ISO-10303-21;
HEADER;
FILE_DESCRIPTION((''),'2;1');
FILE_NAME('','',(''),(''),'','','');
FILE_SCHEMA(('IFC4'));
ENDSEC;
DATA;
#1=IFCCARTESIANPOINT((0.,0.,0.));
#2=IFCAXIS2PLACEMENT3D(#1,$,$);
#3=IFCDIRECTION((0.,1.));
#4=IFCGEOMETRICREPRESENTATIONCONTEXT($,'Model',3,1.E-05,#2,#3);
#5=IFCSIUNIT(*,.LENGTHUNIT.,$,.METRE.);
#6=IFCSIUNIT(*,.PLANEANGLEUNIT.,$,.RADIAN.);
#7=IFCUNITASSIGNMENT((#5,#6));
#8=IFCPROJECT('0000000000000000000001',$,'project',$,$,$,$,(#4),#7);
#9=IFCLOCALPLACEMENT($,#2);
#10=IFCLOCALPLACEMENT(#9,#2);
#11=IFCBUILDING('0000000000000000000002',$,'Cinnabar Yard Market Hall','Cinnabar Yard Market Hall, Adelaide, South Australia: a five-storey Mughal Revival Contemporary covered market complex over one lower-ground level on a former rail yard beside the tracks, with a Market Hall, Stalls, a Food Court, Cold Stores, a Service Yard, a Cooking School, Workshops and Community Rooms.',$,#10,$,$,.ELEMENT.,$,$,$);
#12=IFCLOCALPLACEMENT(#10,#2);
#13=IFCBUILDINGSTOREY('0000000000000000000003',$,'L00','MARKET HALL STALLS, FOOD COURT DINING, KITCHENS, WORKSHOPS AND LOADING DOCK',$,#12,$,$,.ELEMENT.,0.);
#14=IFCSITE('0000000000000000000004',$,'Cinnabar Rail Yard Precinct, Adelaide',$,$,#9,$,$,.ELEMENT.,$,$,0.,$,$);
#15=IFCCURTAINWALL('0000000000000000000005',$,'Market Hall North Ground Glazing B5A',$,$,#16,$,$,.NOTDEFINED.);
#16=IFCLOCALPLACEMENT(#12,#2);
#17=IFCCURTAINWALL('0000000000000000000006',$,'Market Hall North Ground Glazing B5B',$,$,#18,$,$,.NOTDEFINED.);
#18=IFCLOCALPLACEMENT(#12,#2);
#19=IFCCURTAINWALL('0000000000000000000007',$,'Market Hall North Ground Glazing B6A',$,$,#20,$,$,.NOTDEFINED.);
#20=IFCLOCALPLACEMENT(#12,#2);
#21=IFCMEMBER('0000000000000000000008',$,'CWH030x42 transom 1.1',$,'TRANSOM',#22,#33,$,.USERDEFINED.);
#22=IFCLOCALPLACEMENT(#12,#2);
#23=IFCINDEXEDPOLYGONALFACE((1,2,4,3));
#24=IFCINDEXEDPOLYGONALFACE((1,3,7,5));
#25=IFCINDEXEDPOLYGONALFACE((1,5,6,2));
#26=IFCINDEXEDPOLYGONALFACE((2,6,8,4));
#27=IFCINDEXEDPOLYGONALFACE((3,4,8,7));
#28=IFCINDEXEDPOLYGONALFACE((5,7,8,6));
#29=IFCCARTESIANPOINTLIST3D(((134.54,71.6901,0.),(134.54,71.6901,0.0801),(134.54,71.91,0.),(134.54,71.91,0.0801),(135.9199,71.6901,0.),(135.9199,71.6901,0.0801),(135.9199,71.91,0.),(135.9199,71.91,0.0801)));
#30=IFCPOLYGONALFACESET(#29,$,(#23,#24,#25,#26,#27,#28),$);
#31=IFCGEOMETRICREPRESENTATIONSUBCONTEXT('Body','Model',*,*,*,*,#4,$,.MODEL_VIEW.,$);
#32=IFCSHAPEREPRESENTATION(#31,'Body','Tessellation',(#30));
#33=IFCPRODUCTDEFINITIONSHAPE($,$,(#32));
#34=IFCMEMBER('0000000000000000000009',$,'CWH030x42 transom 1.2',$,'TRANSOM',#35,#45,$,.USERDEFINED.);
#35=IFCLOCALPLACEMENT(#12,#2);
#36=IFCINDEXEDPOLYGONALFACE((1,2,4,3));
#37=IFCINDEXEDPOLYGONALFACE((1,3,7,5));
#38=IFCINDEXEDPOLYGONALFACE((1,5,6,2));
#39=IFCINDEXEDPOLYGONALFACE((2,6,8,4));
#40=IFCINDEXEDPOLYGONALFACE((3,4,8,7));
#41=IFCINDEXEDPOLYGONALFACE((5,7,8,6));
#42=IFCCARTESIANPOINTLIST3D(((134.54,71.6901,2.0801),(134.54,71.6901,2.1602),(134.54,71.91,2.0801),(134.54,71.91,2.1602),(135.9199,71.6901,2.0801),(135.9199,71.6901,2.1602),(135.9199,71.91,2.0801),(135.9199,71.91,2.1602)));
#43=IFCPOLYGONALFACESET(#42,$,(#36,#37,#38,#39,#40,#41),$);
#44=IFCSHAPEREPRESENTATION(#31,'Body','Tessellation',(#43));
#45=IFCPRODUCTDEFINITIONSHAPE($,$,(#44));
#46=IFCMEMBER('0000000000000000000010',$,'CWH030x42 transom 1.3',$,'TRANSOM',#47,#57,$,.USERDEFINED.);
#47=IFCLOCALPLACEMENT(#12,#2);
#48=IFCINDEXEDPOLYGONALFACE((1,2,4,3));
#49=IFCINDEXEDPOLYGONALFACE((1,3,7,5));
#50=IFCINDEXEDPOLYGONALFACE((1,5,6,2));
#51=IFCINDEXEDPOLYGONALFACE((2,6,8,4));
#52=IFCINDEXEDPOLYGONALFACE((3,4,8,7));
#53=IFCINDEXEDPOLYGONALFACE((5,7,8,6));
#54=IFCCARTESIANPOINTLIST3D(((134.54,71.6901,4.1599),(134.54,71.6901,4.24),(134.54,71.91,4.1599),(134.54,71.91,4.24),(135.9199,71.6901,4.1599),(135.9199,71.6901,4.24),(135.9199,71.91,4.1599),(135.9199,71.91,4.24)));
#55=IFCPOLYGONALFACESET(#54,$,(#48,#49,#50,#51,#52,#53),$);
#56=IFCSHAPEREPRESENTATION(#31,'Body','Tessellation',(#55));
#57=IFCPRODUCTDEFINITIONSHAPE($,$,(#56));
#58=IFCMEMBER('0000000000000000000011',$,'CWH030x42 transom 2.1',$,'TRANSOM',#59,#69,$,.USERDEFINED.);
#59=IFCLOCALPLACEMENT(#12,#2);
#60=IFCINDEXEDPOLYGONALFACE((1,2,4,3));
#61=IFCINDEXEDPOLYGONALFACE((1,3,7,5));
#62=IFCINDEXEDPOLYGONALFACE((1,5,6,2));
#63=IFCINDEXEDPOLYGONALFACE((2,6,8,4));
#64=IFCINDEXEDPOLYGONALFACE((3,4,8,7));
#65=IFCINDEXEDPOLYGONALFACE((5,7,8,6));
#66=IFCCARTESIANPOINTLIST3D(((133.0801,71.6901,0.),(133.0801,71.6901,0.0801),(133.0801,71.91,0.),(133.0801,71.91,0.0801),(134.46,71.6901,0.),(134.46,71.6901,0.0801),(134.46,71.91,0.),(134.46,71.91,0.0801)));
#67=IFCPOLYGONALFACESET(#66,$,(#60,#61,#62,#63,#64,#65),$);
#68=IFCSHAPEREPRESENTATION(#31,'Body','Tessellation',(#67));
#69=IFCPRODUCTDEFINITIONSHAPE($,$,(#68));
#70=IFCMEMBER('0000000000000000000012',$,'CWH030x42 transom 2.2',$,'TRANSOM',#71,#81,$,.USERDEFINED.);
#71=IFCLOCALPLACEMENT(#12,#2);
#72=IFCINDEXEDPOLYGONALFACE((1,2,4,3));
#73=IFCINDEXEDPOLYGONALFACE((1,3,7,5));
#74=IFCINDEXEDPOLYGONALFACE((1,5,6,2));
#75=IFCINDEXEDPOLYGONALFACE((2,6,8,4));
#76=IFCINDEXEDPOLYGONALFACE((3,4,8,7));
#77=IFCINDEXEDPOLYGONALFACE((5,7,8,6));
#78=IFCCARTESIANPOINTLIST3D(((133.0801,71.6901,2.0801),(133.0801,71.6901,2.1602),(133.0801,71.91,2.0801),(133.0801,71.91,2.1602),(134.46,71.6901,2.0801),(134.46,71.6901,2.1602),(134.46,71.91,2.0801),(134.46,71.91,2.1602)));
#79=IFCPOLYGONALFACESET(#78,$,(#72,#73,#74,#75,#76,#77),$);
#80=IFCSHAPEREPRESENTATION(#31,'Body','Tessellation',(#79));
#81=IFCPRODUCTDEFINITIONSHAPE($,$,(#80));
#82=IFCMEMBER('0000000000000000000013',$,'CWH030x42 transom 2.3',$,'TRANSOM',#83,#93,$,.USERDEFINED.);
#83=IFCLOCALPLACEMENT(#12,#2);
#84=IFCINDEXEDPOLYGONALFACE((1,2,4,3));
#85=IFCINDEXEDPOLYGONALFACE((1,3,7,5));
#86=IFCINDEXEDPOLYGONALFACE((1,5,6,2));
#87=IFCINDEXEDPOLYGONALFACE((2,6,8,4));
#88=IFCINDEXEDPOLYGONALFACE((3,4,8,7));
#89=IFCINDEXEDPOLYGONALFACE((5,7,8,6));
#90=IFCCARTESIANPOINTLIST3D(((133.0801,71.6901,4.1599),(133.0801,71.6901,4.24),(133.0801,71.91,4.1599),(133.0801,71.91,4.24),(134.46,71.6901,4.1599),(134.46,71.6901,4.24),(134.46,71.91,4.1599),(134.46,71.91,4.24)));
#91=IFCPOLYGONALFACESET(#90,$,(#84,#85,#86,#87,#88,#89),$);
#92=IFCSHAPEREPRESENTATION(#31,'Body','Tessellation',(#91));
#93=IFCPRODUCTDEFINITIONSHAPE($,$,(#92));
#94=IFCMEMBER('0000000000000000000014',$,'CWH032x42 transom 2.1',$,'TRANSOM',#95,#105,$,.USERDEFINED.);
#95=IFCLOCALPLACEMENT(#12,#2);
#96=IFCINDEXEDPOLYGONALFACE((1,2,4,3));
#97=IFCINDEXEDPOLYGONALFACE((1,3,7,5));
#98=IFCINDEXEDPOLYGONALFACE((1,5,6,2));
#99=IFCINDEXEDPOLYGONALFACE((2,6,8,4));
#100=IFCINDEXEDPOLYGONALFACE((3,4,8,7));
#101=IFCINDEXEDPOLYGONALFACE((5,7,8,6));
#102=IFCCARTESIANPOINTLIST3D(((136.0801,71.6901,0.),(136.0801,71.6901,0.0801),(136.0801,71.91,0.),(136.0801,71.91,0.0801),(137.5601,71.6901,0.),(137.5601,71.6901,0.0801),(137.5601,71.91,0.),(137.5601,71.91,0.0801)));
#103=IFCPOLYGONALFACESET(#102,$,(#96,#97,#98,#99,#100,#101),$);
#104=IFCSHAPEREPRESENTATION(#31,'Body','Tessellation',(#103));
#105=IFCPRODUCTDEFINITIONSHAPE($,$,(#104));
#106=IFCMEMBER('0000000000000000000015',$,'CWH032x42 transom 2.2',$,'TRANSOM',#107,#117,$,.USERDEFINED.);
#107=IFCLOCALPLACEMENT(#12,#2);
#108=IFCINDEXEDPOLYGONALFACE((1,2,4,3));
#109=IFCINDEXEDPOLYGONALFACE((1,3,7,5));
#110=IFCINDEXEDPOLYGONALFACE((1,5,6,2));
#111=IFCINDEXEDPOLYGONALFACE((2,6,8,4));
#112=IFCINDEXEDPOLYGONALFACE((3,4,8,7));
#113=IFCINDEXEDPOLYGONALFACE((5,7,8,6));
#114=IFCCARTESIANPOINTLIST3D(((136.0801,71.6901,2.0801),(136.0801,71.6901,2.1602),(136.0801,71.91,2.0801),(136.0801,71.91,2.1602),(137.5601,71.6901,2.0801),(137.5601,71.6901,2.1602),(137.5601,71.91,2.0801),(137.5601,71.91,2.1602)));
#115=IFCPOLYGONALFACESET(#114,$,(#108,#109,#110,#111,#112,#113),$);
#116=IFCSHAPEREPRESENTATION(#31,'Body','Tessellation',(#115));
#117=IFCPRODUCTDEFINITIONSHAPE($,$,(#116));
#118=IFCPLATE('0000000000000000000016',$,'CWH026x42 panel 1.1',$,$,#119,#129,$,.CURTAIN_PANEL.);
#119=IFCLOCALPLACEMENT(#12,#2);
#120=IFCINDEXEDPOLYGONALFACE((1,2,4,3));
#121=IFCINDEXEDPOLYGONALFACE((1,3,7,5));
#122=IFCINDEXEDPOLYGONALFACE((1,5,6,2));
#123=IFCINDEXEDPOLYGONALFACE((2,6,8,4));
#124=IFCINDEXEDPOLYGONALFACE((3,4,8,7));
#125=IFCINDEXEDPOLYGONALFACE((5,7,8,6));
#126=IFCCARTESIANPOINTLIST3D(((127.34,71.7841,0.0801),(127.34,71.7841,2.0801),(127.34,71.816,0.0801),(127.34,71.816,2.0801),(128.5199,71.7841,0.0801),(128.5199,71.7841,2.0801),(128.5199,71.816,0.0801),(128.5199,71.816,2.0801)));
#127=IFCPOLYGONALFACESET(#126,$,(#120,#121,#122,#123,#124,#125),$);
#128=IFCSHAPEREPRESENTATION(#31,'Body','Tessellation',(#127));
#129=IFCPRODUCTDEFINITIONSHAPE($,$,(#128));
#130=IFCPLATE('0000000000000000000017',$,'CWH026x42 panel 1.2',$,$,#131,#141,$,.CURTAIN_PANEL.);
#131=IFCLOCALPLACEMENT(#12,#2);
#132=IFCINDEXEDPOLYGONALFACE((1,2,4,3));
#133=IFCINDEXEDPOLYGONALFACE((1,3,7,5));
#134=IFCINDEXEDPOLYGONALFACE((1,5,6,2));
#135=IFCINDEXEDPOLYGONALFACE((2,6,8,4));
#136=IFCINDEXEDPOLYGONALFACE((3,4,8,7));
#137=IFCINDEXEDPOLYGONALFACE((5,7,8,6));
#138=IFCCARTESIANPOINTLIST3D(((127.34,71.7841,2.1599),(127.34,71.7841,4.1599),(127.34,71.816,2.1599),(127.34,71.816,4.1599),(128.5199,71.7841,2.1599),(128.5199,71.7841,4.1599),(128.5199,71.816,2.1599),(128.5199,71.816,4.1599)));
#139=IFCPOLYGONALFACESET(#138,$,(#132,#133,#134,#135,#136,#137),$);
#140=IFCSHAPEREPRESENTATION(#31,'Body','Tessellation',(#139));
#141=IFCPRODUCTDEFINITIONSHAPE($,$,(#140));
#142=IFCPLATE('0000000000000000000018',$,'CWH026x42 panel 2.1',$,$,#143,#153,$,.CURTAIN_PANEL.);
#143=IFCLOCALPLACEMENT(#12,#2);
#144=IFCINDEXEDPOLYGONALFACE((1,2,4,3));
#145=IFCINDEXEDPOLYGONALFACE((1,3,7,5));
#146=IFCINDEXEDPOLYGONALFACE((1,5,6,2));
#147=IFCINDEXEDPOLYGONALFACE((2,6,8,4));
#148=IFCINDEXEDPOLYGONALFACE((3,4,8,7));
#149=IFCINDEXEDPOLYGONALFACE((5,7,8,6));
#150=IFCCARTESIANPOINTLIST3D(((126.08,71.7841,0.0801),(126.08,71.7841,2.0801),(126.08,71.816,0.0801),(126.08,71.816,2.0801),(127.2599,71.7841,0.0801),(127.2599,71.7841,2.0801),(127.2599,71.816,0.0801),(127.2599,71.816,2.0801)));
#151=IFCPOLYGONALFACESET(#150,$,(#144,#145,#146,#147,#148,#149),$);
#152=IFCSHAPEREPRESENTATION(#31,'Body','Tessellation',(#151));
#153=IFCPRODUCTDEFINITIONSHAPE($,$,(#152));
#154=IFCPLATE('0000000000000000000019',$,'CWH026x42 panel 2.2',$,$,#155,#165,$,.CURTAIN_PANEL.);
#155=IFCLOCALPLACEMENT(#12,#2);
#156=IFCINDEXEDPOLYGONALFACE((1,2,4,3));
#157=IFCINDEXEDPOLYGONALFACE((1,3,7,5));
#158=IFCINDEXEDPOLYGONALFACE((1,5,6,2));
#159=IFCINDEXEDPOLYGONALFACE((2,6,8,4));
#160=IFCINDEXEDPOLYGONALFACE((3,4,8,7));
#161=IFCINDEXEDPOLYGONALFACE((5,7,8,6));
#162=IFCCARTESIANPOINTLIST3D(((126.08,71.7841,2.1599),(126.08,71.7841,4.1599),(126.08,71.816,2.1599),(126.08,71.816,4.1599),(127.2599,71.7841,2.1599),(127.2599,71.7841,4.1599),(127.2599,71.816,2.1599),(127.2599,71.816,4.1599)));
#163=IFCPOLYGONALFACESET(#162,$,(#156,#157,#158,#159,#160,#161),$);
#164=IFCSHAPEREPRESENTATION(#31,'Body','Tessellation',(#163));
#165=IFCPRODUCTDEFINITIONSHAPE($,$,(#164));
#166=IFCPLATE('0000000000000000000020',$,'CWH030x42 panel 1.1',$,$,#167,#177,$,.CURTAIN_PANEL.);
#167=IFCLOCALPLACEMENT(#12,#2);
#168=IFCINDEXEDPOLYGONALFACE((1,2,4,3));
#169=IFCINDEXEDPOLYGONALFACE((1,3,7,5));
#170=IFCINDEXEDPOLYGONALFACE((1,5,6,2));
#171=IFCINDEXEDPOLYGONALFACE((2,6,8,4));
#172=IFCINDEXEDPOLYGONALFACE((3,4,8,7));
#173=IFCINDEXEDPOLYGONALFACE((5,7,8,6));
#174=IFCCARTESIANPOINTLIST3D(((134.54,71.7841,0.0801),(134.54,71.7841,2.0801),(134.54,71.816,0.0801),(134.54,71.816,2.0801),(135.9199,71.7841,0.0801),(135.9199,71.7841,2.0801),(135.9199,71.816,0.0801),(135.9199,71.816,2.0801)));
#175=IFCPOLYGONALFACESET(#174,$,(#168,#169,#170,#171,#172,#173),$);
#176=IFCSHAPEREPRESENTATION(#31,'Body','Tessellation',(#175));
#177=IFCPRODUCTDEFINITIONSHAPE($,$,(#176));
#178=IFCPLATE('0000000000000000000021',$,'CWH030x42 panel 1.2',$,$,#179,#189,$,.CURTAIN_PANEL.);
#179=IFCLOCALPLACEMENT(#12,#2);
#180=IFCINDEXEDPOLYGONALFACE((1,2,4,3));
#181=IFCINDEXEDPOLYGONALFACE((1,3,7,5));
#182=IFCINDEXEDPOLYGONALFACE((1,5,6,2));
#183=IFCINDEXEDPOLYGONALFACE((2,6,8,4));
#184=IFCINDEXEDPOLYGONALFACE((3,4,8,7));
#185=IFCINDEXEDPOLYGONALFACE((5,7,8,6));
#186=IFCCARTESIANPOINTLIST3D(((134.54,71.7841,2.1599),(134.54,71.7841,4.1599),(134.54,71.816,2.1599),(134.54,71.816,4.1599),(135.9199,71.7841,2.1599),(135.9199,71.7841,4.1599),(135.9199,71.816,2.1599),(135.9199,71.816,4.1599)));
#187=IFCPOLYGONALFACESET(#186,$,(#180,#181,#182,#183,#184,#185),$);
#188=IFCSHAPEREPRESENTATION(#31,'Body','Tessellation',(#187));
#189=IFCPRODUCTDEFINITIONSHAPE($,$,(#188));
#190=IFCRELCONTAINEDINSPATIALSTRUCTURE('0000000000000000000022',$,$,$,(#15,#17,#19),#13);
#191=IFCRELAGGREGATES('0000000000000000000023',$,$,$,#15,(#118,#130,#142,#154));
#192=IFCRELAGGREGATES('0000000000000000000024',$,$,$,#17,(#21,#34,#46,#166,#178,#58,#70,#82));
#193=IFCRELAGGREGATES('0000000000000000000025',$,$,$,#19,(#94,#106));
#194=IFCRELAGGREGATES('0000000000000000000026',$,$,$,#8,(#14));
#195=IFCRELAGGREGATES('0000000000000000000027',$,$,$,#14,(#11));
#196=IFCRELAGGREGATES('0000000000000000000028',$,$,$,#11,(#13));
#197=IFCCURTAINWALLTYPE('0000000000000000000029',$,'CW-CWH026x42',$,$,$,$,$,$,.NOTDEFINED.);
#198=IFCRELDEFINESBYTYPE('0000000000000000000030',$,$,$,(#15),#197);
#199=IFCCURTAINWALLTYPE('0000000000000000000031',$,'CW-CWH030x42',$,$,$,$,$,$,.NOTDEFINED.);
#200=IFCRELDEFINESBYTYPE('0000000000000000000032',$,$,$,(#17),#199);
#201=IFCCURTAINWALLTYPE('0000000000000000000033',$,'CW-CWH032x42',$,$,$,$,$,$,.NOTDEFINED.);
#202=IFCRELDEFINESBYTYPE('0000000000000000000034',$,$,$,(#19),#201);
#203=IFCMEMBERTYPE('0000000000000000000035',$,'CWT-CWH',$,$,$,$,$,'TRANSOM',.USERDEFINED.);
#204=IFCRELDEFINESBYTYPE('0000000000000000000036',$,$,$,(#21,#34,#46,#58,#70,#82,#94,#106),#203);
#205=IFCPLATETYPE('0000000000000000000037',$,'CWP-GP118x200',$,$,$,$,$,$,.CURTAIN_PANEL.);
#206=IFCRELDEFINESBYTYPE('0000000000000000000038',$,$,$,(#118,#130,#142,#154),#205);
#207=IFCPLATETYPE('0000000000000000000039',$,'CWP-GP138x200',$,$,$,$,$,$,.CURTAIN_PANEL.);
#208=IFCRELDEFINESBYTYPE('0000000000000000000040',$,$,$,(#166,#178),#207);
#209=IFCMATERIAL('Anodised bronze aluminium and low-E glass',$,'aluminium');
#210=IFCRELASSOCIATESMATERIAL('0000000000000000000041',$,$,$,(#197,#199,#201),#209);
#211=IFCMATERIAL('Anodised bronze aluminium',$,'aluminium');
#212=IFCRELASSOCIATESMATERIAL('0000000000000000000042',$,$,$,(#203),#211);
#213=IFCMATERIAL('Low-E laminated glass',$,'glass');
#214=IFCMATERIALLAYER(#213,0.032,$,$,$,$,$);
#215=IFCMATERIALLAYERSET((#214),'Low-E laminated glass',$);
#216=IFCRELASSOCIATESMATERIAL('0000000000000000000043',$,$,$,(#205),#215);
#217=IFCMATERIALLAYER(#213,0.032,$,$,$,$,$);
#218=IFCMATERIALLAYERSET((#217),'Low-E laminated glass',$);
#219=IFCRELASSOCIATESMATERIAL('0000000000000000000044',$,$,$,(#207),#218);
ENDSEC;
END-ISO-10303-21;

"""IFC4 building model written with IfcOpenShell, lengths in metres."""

from ifc_helpers import new_model, si_unit, direction, frame, origin, origin_2d_with_axis, place, context, subcontext, project, spatial, rectangle, extrude, material, layer, layer_set, material_profile, profile_set, type_object, element, aggregate, save


model = new_model("IFC4")

# Units and contexts
model_context = context("Model", 3, precision=1e-05, world=origin(), true_north=direction((0.0, 1.0)))
body_context = subcontext(model_context, "Body", "Model", "MODEL_VIEW")
ifc_project = project(units=[si_unit("LENGTHUNIT", "METRE"), si_unit("PLANEANGLEUNIT", "RADIAN")], contexts=[model_context])

# Site, building, storey
site_placement = place(None, origin())
site = spatial("IfcSite", under=ifc_project, at=site_placement, Name="Cinnabar Rail Yard Precinct, Adelaide", CompositionType="ELEMENT", RefElevation=0.0)
building_placement = place(site_placement, origin())
building = spatial("IfcBuilding", under=site, at=building_placement, Name="Cinnabar Yard Market Hall", Description="Cinnabar Yard Market Hall, Adelaide, South Australia: a five-storey Mughal Revival Contemporary covered market complex over one lower-ground level on a former rail yard beside the tracks, with a Market Hall, Stalls, a Food Court, Cold Stores, a Service Yard, a Cooking School, Workshops and Community Rooms.", CompositionType="ELEMENT")
storey_placement = place(building_placement, origin())
storey = spatial("IfcBuildingStorey", under=building, at=storey_placement, Name="L00", Description="MARKET HALL STALLS, FOOD COURT DINING, KITCHENS, WORKSHOPS AND LOADING DOCK", CompositionType="ELEMENT", Elevation=0.0)

# Shared definitions
ifc_material_1 = material(Name="Anodised bronze aluminium and low-E glass", Category="aluminium")
ifc_material_2 = material(Name="Anodised bronze aluminium", Category="aluminium")

# Curtain walls
curtain_wall_type_1 = type_object("IfcCurtainWallType", Name="CW-CWH026x42", PredefinedType="NOTDEFINED", material=ifc_material_1)
curtain_wall_1_placement = place(storey_placement, origin())
curtain_wall_1 = element("IfcCurtainWall", 1, at=curtain_wall_1_placement, inside=storey, type_object=curtain_wall_type_1, Name="Market Hall North Ground Glazing B5A", PredefinedType="NOTDEFINED")
curtain_wall_type_2 = type_object("IfcCurtainWallType", Name="CW-CWH030x42", PredefinedType="NOTDEFINED", material=ifc_material_1)
curtain_wall_2_placement = place(storey_placement, origin())
curtain_wall_2 = element("IfcCurtainWall", 2, at=curtain_wall_2_placement, inside=storey, type_object=curtain_wall_type_2, Name="Market Hall North Ground Glazing B5B", PredefinedType="NOTDEFINED")

# Curtain wall
curtain_wall_type_3 = type_object("IfcCurtainWallType", Name="CW-CWH032x42", PredefinedType="NOTDEFINED", material=ifc_material_1)
curtain_wall_3_placement = place(storey_placement, origin())
curtain_wall_3 = element("IfcCurtainWall", 3, at=curtain_wall_3_placement, inside=storey, type_object=curtain_wall_type_3, Name="Market Hall North Ground Glazing B6A", PredefinedType="NOTDEFINED")

# Members
ifc_material_profile_1 = material_profile(ifc_material_2, rectangle(XDim=0.22, YDim=0.0801, at=origin_2d_with_axis()), Name="TRN-CWH")
ifc_profile_set_1 = profile_set([ifc_material_profile_1], Name="Anodised bronze aluminium")
member_type_1 = type_object("IfcMemberType", Name="CWT-CWH", ElementType="TRANSOM", PredefinedType="USERDEFINED", material=ifc_profile_set_1)
member_1_placement = place(storey_placement, frame((135.9199, 71.8, 0.04), z_axis=(-1.0, 0.0, 0.0), x_axis=(0.0, -1.0, 0.0)))
member_1 = element("IfcMember", 4, at=member_1_placement, type_object=member_type_1, Name="CWH030x42 transom 1.1", ObjectType="TRANSOM", PredefinedType="USERDEFINED", context=body_context, shape_type="SweptSolid", body=[
    extrude(rectangle(XDim=0.22, YDim=0.0801, at=origin_2d_with_axis()), origin(), (0.0, 0.0, 1.0), 1.3799),
])
member_2_placement = place(storey_placement, frame((135.9199, 71.8, 2.1201), z_axis=(-1.0, 0.0, 0.0), x_axis=(0.0, -1.0, 0.0)))
member_2 = element("IfcMember", 5, at=member_2_placement, type_object=member_type_1, Name="CWH030x42 transom 1.2", ObjectType="TRANSOM", PredefinedType="USERDEFINED", context=body_context, shape_type="SweptSolid", body=[
    extrude(rectangle(XDim=0.22, YDim=0.0801, at=origin_2d_with_axis()), origin(), (0.0, 0.0, 1.0), 1.3799),
])
member_3_placement = place(storey_placement, frame((135.9199, 71.8, 4.2), z_axis=(-1.0, 0.0, 0.0), x_axis=(0.0, -1.0, 0.0)))
member_3 = element("IfcMember", 6, at=member_3_placement, type_object=member_type_1, Name="CWH030x42 transom 1.3", ObjectType="TRANSOM", PredefinedType="USERDEFINED", context=body_context, shape_type="SweptSolid", body=[
    extrude(rectangle(XDim=0.22, YDim=0.0801, at=origin_2d_with_axis()), origin(), (0.0, 0.0, 1.0), 1.3799),
])
member_4_placement = place(storey_placement, frame((134.46, 71.8, 0.04), z_axis=(-1.0, 0.0, 0.0), x_axis=(0.0, -1.0, 0.0)))
member_4 = element("IfcMember", 7, at=member_4_placement, type_object=member_type_1, Name="CWH030x42 transom 2.1", ObjectType="TRANSOM", PredefinedType="USERDEFINED", context=body_context, shape_type="SweptSolid", body=[
    extrude(rectangle(XDim=0.22, YDim=0.0801, at=origin_2d_with_axis()), origin(), (0.0, 0.0, 1.0), 1.3799),
])
member_5_placement = place(storey_placement, frame((134.46, 71.8, 2.1201), z_axis=(-1.0, 0.0, 0.0), x_axis=(0.0, -1.0, 0.0)))
member_5 = element("IfcMember", 8, at=member_5_placement, type_object=member_type_1, Name="CWH030x42 transom 2.2", ObjectType="TRANSOM", PredefinedType="USERDEFINED", context=body_context, shape_type="SweptSolid", body=[
    extrude(rectangle(XDim=0.22, YDim=0.0801, at=origin_2d_with_axis()), origin(), (0.0, 0.0, 1.0), 1.3799),
])
member_6_placement = place(storey_placement, frame((134.46, 71.8, 4.2), z_axis=(-1.0, 0.0, 0.0), x_axis=(0.0, -1.0, 0.0)))
member_6 = element("IfcMember", 9, at=member_6_placement, type_object=member_type_1, Name="CWH030x42 transom 2.3", ObjectType="TRANSOM", PredefinedType="USERDEFINED", context=body_context, shape_type="SweptSolid", body=[
    extrude(rectangle(XDim=0.22, YDim=0.0801, at=origin_2d_with_axis()), origin(), (0.0, 0.0, 1.0), 1.3799),
])
member_7_placement = place(storey_placement, frame((137.5601, 71.8, 0.04), z_axis=(-1.0, 0.0, 0.0), x_axis=(0.0, -1.0, 0.0)))
member_7 = element("IfcMember", 10, at=member_7_placement, type_object=member_type_1, Name="CWH032x42 transom 2.1", ObjectType="TRANSOM", PredefinedType="USERDEFINED", context=body_context, shape_type="SweptSolid", body=[
    extrude(rectangle(XDim=0.22, YDim=0.0801, at=origin_2d_with_axis()), origin(), (0.0, 0.0, 1.0), 1.48),
])
member_8_placement = place(storey_placement, frame((137.5601, 71.8, 2.1201), z_axis=(-1.0, 0.0, 0.0), x_axis=(0.0, -1.0, 0.0)))
member_8 = element("IfcMember", 11, at=member_8_placement, type_object=member_type_1, Name="CWH032x42 transom 2.2", ObjectType="TRANSOM", PredefinedType="USERDEFINED", context=body_context, shape_type="SweptSolid", body=[
    extrude(rectangle(XDim=0.22, YDim=0.0801, at=origin_2d_with_axis()), origin(), (0.0, 0.0, 1.0), 1.48),
])

# Plates
ifc_material_3 = material(Name="Low-E laminated glass", Category="glass")
ifc_layer_1 = layer(ifc_material_3, 0.032)
ifc_layer_set_1 = layer_set([ifc_layer_1], Name="Low-E laminated glass")
plate_type_1 = type_object("IfcPlateType", Name="CWP-GP118x200", PredefinedType="CURTAIN_PANEL", material=ifc_layer_set_1)
plate_1_placement = place(storey_placement, frame((127.9299, 71.8, 0.0801), z_axis=(0.0, 0.0, 1.0), x_axis=(-1.0, 0.0, 0.0)))
plate_1 = element("IfcPlate", 12, at=plate_1_placement, type_object=plate_type_1, Name="CWH026x42 panel 1.1", PredefinedType="CURTAIN_PANEL", context=body_context, shape_type="SweptSolid", body=[
    extrude(rectangle(XDim=1.1799, YDim=0.032, at=origin_2d_with_axis()), origin(), (0.0, 0.0, 1.0), 2.0),
])
plate_2_placement = place(storey_placement, frame((127.9299, 71.8, 2.1599), z_axis=(0.0, 0.0, 1.0), x_axis=(-1.0, 0.0, 0.0)))
plate_2 = element("IfcPlate", 13, at=plate_2_placement, type_object=plate_type_1, Name="CWH026x42 panel 1.2", PredefinedType="CURTAIN_PANEL", context=body_context, shape_type="SweptSolid", body=[
    extrude(rectangle(XDim=1.1799, YDim=0.032, at=origin_2d_with_axis()), origin(), (0.0, 0.0, 1.0), 2.0),
])
plate_3_placement = place(storey_placement, frame((126.6699, 71.8, 0.0801), z_axis=(0.0, 0.0, 1.0), x_axis=(-1.0, 0.0, 0.0)))
plate_3 = element("IfcPlate", 14, at=plate_3_placement, type_object=plate_type_1, Name="CWH026x42 panel 2.1", PredefinedType="CURTAIN_PANEL", context=body_context, shape_type="SweptSolid", body=[
    extrude(rectangle(XDim=1.1799, YDim=0.032, at=origin_2d_with_axis()), origin(), (0.0, 0.0, 1.0), 2.0),
])
plate_4_placement = place(storey_placement, frame((126.6699, 71.8, 2.1599), z_axis=(0.0, 0.0, 1.0), x_axis=(-1.0, 0.0, 0.0)))
plate_4 = element("IfcPlate", 15, at=plate_4_placement, type_object=plate_type_1, Name="CWH026x42 panel 2.2", PredefinedType="CURTAIN_PANEL", context=body_context, shape_type="SweptSolid", body=[
    extrude(rectangle(XDim=1.1799, YDim=0.032, at=origin_2d_with_axis()), origin(), (0.0, 0.0, 1.0), 2.0),
])
aggregate(curtain_wall_1, [plate_1, plate_2, plate_3, plate_4])
ifc_layer_2 = layer(ifc_material_3, 0.032)
ifc_layer_set_2 = layer_set([ifc_layer_2], Name="Low-E laminated glass")
plate_type_2 = type_object("IfcPlateType", Name="CWP-GP138x200", PredefinedType="CURTAIN_PANEL", material=ifc_layer_set_2)
plate_5_placement = place(storey_placement, frame((135.23, 71.8, 0.0801), z_axis=(0.0, 0.0, 1.0), x_axis=(-1.0, 0.0, 0.0)))
plate_5 = element("IfcPlate", 16, at=plate_5_placement, type_object=plate_type_2, Name="CWH030x42 panel 1.1", PredefinedType="CURTAIN_PANEL", context=body_context, shape_type="SweptSolid", body=[
    extrude(rectangle(XDim=1.3799, YDim=0.032, at=origin_2d_with_axis()), origin(), (0.0, 0.0, 1.0), 2.0),
])
plate_6_placement = place(storey_placement, frame((135.23, 71.8, 2.1599), z_axis=(0.0, 0.0, 1.0), x_axis=(-1.0, 0.0, 0.0)))
plate_6 = element("IfcPlate", 17, at=plate_6_placement, type_object=plate_type_2, Name="CWH030x42 panel 1.2", PredefinedType="CURTAIN_PANEL", context=body_context, shape_type="SweptSolid", body=[
    extrude(rectangle(XDim=1.3799, YDim=0.032, at=origin_2d_with_axis()), origin(), (0.0, 0.0, 1.0), 2.0),
])
aggregate(curtain_wall_2, [member_1, member_2, member_3, plate_5, plate_6, member_4, member_5, member_6])
aggregate(curtain_wall_3, [member_7, member_8])

save(model, "model.ifc")
